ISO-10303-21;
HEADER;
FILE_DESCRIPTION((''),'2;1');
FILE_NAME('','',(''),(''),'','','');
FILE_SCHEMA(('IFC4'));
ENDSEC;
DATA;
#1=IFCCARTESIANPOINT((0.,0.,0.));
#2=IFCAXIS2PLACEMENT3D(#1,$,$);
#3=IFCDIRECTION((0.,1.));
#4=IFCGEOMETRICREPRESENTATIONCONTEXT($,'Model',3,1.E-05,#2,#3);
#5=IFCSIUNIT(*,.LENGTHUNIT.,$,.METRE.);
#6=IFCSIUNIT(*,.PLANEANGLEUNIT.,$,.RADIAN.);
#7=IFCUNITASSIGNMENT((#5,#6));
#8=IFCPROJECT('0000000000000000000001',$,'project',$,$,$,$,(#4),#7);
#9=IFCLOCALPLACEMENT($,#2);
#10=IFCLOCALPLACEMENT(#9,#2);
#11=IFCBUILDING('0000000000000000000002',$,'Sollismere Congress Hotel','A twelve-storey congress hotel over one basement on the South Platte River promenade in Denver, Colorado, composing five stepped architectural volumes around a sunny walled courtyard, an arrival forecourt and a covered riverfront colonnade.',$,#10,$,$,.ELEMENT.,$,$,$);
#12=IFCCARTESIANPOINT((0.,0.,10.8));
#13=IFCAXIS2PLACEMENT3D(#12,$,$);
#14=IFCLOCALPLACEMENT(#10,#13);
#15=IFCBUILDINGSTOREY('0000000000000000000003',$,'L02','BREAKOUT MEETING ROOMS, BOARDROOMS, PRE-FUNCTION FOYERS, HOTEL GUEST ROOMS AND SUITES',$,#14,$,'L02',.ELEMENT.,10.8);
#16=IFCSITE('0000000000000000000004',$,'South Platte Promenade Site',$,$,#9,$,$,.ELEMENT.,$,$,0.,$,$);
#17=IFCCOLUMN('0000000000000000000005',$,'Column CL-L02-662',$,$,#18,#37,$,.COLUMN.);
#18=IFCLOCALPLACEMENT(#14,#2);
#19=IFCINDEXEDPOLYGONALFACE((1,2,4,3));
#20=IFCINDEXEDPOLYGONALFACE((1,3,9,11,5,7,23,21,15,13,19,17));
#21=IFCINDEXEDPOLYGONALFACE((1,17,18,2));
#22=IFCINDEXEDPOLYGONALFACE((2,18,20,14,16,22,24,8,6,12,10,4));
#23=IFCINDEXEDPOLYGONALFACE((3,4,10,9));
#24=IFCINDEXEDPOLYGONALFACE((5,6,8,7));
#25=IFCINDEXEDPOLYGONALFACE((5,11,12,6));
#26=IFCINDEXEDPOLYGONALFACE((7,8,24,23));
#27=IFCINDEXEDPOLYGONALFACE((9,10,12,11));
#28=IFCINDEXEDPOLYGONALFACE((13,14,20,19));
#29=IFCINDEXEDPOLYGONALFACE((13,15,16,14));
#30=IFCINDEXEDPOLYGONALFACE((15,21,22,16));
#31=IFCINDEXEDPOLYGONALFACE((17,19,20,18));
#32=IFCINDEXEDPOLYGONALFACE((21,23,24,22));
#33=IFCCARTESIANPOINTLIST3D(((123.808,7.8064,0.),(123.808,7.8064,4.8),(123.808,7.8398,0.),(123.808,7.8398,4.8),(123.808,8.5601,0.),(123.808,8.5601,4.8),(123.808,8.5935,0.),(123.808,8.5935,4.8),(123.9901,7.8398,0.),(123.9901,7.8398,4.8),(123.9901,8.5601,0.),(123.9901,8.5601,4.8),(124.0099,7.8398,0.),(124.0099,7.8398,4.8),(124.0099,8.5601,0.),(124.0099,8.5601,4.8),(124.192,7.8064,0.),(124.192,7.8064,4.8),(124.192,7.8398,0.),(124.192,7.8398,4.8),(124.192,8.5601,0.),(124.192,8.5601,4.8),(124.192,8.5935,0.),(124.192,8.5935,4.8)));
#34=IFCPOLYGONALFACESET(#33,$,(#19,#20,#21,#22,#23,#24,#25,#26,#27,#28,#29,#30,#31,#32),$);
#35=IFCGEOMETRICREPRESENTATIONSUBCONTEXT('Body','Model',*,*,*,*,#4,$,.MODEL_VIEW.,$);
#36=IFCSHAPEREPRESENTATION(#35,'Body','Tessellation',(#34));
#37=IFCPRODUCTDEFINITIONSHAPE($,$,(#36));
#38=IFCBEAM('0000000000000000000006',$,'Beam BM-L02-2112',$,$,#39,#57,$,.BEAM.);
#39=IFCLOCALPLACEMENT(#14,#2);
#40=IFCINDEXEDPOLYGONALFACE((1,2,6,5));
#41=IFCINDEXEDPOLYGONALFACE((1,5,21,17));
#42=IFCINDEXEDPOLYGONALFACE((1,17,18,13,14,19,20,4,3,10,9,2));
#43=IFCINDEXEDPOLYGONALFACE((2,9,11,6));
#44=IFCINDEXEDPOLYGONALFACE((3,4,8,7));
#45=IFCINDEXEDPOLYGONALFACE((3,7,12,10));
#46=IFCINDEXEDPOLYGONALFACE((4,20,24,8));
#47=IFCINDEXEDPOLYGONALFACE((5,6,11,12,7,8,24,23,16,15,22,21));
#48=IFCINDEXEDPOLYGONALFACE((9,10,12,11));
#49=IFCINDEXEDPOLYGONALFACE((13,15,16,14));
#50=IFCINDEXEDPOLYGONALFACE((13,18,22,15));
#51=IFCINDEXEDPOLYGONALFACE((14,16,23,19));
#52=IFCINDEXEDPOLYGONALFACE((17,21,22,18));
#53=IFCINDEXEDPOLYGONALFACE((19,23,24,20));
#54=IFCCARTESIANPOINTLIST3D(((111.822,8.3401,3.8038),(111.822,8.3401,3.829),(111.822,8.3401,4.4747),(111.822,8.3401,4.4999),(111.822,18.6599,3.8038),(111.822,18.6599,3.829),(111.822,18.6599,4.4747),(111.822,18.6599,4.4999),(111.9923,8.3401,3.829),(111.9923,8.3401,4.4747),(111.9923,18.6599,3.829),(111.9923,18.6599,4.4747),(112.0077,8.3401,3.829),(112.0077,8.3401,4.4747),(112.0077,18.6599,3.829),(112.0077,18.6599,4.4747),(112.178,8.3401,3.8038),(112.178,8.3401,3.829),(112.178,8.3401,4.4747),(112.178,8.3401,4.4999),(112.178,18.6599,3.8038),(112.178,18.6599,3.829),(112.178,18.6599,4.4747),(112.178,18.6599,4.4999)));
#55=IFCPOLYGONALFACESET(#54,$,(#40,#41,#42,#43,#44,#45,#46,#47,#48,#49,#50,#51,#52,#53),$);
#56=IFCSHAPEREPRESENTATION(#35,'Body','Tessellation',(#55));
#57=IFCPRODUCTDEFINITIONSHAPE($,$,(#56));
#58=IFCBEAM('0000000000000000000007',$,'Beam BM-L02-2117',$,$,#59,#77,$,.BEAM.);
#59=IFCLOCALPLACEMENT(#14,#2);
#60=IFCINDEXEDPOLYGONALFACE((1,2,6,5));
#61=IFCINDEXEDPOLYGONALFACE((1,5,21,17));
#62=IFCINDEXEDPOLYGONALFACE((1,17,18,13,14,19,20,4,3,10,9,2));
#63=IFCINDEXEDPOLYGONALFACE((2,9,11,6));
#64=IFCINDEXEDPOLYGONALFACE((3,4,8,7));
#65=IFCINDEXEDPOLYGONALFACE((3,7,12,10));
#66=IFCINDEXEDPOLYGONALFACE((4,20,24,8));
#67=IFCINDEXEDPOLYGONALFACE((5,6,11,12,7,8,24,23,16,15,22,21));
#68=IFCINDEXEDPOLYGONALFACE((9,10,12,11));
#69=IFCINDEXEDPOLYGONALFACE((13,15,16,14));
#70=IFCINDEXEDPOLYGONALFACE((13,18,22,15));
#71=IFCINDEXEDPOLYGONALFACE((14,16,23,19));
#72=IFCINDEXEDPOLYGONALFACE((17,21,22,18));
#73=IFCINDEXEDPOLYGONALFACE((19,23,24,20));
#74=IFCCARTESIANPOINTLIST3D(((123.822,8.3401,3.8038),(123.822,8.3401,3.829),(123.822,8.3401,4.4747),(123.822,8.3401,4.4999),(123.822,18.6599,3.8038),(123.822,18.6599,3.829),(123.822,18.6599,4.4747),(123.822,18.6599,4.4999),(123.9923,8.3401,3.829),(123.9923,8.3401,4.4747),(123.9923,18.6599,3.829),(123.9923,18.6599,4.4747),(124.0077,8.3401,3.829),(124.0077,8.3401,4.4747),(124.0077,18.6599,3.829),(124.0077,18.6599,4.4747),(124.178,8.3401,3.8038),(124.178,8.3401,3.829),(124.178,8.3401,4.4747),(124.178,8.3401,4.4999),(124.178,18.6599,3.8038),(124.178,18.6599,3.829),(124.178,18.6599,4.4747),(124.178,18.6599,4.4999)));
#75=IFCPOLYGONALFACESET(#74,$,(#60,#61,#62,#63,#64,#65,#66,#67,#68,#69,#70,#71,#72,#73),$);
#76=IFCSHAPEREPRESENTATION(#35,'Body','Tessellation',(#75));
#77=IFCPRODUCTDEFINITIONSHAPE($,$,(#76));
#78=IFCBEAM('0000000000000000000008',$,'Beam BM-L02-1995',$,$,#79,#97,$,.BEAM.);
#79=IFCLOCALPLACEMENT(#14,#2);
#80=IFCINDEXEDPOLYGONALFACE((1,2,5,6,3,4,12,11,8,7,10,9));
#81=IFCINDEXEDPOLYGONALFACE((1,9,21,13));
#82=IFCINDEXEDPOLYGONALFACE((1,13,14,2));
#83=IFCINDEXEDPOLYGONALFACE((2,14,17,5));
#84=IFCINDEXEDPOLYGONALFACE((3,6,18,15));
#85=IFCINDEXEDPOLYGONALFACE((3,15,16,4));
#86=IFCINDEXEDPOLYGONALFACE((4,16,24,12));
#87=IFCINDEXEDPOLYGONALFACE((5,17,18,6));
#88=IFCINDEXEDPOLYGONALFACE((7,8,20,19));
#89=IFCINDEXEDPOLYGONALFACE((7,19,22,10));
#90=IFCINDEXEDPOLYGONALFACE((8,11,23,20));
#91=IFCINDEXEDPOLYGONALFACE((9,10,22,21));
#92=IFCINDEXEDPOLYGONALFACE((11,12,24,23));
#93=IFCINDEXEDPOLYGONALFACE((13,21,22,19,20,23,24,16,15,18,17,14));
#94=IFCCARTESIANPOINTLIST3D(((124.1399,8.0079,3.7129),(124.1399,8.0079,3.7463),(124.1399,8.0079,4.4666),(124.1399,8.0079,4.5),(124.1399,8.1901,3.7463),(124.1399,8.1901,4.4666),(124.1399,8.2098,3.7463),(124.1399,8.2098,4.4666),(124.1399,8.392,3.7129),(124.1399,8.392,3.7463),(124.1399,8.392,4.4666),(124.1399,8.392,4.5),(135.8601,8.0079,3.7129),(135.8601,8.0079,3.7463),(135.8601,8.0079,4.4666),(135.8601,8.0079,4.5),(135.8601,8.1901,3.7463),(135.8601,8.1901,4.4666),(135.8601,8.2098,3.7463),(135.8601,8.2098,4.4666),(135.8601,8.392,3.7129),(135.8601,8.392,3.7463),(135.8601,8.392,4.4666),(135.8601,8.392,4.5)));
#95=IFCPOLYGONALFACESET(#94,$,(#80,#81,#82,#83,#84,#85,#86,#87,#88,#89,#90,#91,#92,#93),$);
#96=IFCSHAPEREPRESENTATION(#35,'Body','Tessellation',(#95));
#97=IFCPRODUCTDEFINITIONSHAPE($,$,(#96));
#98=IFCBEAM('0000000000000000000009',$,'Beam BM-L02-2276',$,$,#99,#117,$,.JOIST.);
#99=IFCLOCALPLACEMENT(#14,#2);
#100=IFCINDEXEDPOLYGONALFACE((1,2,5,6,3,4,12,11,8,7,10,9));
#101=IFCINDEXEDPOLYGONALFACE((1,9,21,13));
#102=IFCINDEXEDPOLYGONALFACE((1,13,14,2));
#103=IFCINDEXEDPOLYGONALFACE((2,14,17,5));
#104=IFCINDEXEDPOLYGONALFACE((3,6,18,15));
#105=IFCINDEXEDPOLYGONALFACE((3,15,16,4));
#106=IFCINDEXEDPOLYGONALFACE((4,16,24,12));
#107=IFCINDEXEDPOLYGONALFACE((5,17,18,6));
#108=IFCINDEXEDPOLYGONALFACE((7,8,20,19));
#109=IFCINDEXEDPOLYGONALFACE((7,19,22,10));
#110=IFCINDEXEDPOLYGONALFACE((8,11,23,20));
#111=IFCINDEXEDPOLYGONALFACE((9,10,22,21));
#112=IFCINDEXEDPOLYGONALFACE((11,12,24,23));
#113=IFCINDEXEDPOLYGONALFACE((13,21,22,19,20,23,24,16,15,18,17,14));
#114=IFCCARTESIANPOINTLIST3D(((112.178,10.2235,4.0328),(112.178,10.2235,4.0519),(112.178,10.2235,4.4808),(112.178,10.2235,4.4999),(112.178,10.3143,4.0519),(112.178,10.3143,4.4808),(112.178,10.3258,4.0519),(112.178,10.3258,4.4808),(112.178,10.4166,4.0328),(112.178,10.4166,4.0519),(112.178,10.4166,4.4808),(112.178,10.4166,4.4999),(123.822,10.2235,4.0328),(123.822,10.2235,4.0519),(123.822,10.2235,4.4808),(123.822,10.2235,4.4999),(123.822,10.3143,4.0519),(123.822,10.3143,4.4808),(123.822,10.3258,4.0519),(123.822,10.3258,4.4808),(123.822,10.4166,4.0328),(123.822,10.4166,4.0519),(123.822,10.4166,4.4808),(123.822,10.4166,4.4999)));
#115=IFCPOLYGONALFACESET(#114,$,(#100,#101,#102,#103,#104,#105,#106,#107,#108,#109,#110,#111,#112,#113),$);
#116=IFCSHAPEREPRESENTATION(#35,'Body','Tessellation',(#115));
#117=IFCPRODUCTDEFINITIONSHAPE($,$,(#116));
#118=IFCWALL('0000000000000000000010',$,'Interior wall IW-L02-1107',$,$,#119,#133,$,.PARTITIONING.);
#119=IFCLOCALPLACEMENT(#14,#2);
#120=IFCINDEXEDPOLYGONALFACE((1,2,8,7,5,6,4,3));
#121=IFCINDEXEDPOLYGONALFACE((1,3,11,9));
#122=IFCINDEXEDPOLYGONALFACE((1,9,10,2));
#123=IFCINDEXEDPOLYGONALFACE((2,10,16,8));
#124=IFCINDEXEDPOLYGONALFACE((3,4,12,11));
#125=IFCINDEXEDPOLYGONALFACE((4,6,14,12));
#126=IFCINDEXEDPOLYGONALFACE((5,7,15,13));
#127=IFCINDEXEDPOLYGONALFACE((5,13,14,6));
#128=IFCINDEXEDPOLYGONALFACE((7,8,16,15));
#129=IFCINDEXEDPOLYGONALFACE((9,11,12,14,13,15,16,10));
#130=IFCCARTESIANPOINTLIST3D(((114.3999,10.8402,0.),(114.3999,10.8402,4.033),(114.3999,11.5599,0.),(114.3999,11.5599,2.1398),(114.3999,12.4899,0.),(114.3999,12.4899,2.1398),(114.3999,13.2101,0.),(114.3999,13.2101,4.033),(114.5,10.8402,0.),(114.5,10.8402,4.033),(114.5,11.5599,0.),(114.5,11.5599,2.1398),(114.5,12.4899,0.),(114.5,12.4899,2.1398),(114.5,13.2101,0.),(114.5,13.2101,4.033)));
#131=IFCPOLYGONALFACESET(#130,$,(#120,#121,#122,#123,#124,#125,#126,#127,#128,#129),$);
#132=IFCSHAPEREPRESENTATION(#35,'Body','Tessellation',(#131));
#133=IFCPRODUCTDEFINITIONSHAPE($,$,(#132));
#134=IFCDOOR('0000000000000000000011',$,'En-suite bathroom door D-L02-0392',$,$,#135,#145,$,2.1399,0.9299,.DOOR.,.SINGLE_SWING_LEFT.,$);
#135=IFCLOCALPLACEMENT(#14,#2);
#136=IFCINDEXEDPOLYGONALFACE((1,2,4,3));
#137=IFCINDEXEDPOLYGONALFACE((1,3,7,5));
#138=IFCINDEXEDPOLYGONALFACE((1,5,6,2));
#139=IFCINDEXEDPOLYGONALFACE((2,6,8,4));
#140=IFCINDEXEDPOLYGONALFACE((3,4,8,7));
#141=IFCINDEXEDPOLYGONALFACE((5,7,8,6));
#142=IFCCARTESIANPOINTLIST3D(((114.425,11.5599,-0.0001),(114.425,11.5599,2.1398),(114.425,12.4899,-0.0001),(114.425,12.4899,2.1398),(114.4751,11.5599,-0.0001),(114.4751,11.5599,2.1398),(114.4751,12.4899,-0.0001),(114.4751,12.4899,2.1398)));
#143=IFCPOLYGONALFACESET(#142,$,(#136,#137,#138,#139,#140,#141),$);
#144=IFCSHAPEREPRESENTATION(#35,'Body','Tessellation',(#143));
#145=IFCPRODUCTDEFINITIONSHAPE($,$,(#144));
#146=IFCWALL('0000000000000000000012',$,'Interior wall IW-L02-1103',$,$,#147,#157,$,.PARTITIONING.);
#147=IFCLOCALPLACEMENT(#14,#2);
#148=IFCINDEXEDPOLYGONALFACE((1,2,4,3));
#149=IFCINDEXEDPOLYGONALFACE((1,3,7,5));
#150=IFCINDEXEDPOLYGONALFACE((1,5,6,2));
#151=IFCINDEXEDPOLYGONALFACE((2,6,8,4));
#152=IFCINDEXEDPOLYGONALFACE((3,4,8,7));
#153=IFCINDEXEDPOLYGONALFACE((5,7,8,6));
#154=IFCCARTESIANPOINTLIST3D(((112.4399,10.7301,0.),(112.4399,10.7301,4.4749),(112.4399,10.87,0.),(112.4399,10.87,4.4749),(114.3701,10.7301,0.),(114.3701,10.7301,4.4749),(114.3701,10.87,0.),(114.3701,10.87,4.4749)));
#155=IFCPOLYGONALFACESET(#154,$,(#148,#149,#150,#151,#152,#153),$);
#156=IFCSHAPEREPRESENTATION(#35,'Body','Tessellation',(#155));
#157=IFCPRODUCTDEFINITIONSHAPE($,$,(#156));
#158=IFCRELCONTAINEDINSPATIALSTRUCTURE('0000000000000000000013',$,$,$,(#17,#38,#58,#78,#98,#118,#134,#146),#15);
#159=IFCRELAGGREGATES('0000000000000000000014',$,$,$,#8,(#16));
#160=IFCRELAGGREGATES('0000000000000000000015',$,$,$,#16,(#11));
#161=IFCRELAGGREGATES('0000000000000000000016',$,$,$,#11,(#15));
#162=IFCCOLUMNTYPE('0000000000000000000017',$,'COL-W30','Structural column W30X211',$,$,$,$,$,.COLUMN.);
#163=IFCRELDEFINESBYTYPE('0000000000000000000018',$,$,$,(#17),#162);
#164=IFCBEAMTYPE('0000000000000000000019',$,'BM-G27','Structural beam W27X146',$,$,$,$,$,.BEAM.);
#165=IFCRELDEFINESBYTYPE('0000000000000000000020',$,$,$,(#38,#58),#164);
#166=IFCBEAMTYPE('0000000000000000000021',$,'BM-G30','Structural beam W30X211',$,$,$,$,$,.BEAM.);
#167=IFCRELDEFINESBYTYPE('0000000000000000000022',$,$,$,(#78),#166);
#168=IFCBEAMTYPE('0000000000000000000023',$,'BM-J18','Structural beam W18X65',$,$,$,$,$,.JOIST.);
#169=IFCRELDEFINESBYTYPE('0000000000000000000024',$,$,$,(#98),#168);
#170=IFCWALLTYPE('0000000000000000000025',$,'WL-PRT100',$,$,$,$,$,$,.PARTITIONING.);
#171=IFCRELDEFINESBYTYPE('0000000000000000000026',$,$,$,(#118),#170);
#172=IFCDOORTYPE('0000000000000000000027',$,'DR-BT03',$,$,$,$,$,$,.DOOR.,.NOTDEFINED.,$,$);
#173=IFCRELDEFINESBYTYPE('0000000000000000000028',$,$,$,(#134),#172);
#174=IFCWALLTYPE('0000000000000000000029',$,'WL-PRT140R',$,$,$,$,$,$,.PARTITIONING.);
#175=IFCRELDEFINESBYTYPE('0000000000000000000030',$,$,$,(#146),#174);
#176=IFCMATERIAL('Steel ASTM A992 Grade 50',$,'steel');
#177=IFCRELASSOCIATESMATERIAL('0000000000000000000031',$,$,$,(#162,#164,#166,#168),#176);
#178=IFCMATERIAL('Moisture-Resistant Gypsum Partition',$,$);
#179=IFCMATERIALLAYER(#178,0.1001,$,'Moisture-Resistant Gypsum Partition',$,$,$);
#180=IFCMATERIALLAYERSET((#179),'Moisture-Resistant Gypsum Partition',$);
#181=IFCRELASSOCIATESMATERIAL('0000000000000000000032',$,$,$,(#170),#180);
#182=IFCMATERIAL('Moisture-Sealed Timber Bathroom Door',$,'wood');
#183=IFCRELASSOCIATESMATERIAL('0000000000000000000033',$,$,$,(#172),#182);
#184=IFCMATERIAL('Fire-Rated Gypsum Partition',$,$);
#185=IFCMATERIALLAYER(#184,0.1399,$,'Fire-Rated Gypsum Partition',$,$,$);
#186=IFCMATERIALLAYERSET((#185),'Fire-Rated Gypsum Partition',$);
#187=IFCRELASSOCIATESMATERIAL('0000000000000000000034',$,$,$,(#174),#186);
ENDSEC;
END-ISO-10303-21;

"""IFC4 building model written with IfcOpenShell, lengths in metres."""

from ifc_helpers import new_model, si_unit, direction, frame, frame_2d, origin, origin_2d, place, context, subcontext, project, spatial, rectangle, i_section, extrude, material, layer, layer_set, material_profile, profile_set, type_object, element, fill, save


model = new_model("IFC4")

# Units and contexts
model_context = context("Model", 3, precision=1e-05, world=origin(), true_north=direction((0.0, 1.0)))
body_context = subcontext(model_context, "Body", "Model", "MODEL_VIEW")
ifc_project = project(units=[si_unit("LENGTHUNIT", "METRE"), si_unit("PLANEANGLEUNIT", "RADIAN")], contexts=[model_context])

# Site, building, storey
site_placement = place(None, origin())
site = spatial("IfcSite", under=ifc_project, at=site_placement, Name="South Platte Promenade Site", CompositionType="ELEMENT", RefElevation=0.0)
building_placement = place(site_placement, origin())
building = spatial("IfcBuilding", under=site, at=building_placement, Name="Sollismere Congress Hotel", Description="A twelve-storey congress hotel over one basement on the South Platte River promenade in Denver, Colorado, composing five stepped architectural volumes around a sunny walled courtyard, an arrival forecourt and a covered riverfront colonnade.", CompositionType="ELEMENT")
storey_placement = place(building_placement, frame((0.0, 0.0, 10.8)))
storey = spatial("IfcBuildingStorey", under=building, at=storey_placement, Name="L02", Description="BREAKOUT MEETING ROOMS, BOARDROOMS, PRE-FUNCTION FOYERS, HOTEL GUEST ROOMS AND SUITES", LongName="L02", CompositionType="ELEMENT", Elevation=10.8)

# Column
ifc_material_1 = material(Name="Steel ASTM A992 Grade 50", Category="steel")
ifc_material_profile_1 = material_profile(ifc_material_1, i_section(OverallWidth=0.384, OverallDepth=0.7871, WebThickness=0.0198, FlangeThickness=0.0334, at=origin_2d()), Name="W30X211")
ifc_profile_set_1 = profile_set([ifc_material_profile_1], Name="Steel ASTM A992 Grade 50")
column_type = type_object("IfcColumnType", Name="COL-W30", Description="Structural column W30X211", PredefinedType="COLUMN", material=ifc_profile_set_1)
column_placement = place(storey_placement, frame((124.0, 8.2, 0.0), z_axis=(0.0, 0.0, 1.0), x_axis=(1.0, 0.0, 0.0)))
element("IfcColumn", 1, at=column_placement, inside=storey, type_object=column_type, Name="Column CL-L02-662", PredefinedType="COLUMN", context=body_context, shape_type="SweptSolid", body=[
    extrude(i_section(OverallWidth=0.384, OverallDepth=0.7871, WebThickness=0.0198, FlangeThickness=0.0334, at=origin_2d()), origin(), (0.0, 0.0, 1.0), 4.8),
])

# Beams
ifc_material_profile_2 = material_profile(ifc_material_1, i_section(OverallWidth=0.356, OverallDepth=0.696, WebThickness=0.0154, FlangeThickness=0.0251, at=origin_2d()), Name="W27X146")
ifc_profile_set_2 = profile_set([ifc_material_profile_2], Name="Steel ASTM A992 Grade 50")
beam_type_1 = type_object("IfcBeamType", Name="BM-G27", Description="Structural beam W27X146", PredefinedType="BEAM", material=ifc_profile_set_2)
for number, where, z_axis, x_axis, name in (
    (2, (112.0, 8.3401, 4.1519), (0.0, 1.0, 0.0), (-1.0, 0.0, 0.0), "Beam BM-L02-2112"),
    (3, (124.0, 8.3401, 4.1519), (0.0, 1.0, 0.0), (-1.0, 0.0, 0.0), "Beam BM-L02-2117"),
):
    element("IfcBeam", number, at=place(storey_placement, frame(where, z_axis=z_axis, x_axis=x_axis)), inside=storey, type_object=beam_type_1, Name=name, PredefinedType="BEAM", context=body_context, shape_type="SweptSolid", body=[
        extrude(i_section(OverallWidth=0.356, OverallDepth=0.696, WebThickness=0.0154, FlangeThickness=0.0251, at=origin_2d()), origin(), (0.0, 0.0, 1.0), 10.3198),
    ])
ifc_material_profile_3 = material_profile(ifc_material_1, i_section(OverallWidth=0.384, OverallDepth=0.7871, WebThickness=0.0198, FlangeThickness=0.0334, at=origin_2d()), Name="W30X211")
ifc_profile_set_3 = profile_set([ifc_material_profile_3], Name="Steel ASTM A992 Grade 50")
beam_type_2 = type_object("IfcBeamType", Name="BM-G30", Description="Structural beam W30X211", PredefinedType="BEAM", material=ifc_profile_set_3)
beam_1_placement = place(storey_placement, frame((124.1399, 8.2, 4.1064), z_axis=(1.0, 0.0, 0.0), x_axis=(0.0, 1.0, 0.0)))
element("IfcBeam", 4, at=beam_1_placement, inside=storey, type_object=beam_type_2, Name="Beam BM-L02-1995", PredefinedType="BEAM", context=body_context, shape_type="SweptSolid", body=[
    extrude(i_section(OverallWidth=0.384, OverallDepth=0.7871, WebThickness=0.0198, FlangeThickness=0.0334, at=origin_2d()), origin(), (0.0, 0.0, 1.0), 11.7202),
])
ifc_material_profile_4 = material_profile(ifc_material_1, i_section(OverallWidth=0.1931, OverallDepth=0.467, WebThickness=0.0115, FlangeThickness=0.019, at=origin_2d()), Name="W18X65")
ifc_profile_set_4 = profile_set([ifc_material_profile_4], Name="Steel ASTM A992 Grade 50")
beam_type_3 = type_object("IfcBeamType", Name="BM-J18", Description="Structural beam W18X65", PredefinedType="JOIST", material=ifc_profile_set_4)
beam_2_placement = place(storey_placement, frame((112.178, 10.3201, 4.2664), z_axis=(1.0, 0.0, 0.0), x_axis=(0.0, 1.0, 0.0)))
element("IfcBeam", 5, at=beam_2_placement, inside=storey, type_object=beam_type_3, Name="Beam BM-L02-2276", PredefinedType="JOIST", context=body_context, shape_type="SweptSolid", body=[
    extrude(i_section(OverallWidth=0.1931, OverallDepth=0.467, WebThickness=0.0115, FlangeThickness=0.019, at=origin_2d()), origin(), (0.0, 0.0, 1.0), 11.644),
])

# Wall, opening, door
ifc_material_2 = material(Name="Moisture-Resistant Gypsum Partition")
ifc_layer_1 = layer(ifc_material_2, 0.1001, Name="Moisture-Resistant Gypsum Partition")
ifc_layer_set_1 = layer_set([ifc_layer_1], Name="Moisture-Resistant Gypsum Partition")
wall_type_1 = type_object("IfcWallType", Name="WL-PRT100", PredefinedType="PARTITIONING", material=ifc_layer_set_1)
wall_1_placement = place(storey_placement, frame((114.45, 10.8401, 0.0), z_axis=(0.0, 0.0, 1.0), x_axis=(0.0, 1.0, 0.0)))
wall_1 = element("IfcWall", 6, at=wall_1_placement, inside=storey, type_object=wall_type_1, Name="Interior wall IW-L02-1107", PredefinedType="PARTITIONING", context=body_context, shape_type="SweptSolid", body=[
    extrude(rectangle(XDim=2.3699, YDim=0.1001, at=frame_2d((1.1851, 0.0))), origin(), (0.0, 0.0, 1.0), 4.033),
])
opening_1_placement = place(wall_1_placement, frame((0.72, 0.0, 0.0)))
opening_1 = element("IfcOpeningElement", 7, at=opening_1_placement, cuts=wall_1, PredefinedType="OPENING", context=body_context, shape_type="SweptSolid", body=[
    extrude(rectangle(XDim=0.9299, YDim=2.1399, at=frame_2d((0.4648, 1.0698))), frame((0.0, 0.0601, 0.0), z_axis=(0.0, -1.0, 0.0), x_axis=(1.0, 0.0, 0.0)), (0.0, 0.0, 1.0), 0.1201),
])
ifc_material_3 = material(Name="Moisture-Sealed Timber Bathroom Door", Category="wood")
door_type_1 = type_object("IfcDoorType", Name="DR-BT03", OperationType="NOTDEFINED", PredefinedType="DOOR", material=ifc_material_3)
door_1_placement = place(opening_1_placement, origin())
door_1 = element("IfcDoor", 8, at=door_1_placement, inside=storey, type_object=door_type_1, Name="En-suite bathroom door D-L02-0392", OperationType="SINGLE_SWING_LEFT", OverallHeight=2.1399, OverallWidth=0.9299, PredefinedType="DOOR", context=body_context, shape_type="SweptSolid", body=[
    extrude(rectangle(XDim=0.9299, YDim=2.1399, at=frame_2d((0.4648, 1.0698))), frame((0.0, 0.0249, 0.0), z_axis=(0.0, -1.0, 0.0), x_axis=(1.0, 0.0, 0.0)), (0.0, 0.0, 1.0), 0.05),
])
fill(opening_1, door_1)
ifc_material_4 = material(Name="Fire-Rated Gypsum Partition")
ifc_layer_2 = layer(ifc_material_4, 0.1399, Name="Fire-Rated Gypsum Partition")
ifc_layer_set_2 = layer_set([ifc_layer_2], Name="Fire-Rated Gypsum Partition")
wall_type_2 = type_object("IfcWallType", Name="WL-PRT140R", PredefinedType="PARTITIONING", material=ifc_layer_set_2)

# Wall
wall_2_placement = place(storey_placement, frame((112.4399, 10.8, 0.0), z_axis=(0.0, 0.0, 1.0), x_axis=(1.0, 0.0, 0.0)))
element("IfcWall", 9, at=wall_2_placement, inside=storey, type_object=wall_type_2, Name="Interior wall IW-L02-1103", PredefinedType="PARTITIONING", context=body_context, shape_type="SweptSolid", body=[
    extrude(rectangle(XDim=1.9302, YDim=0.1399, at=frame_2d((0.9651, 0.0))), origin(), (0.0, 0.0, 1.0), 4.4749),
])

save(model, "model.ifc")
